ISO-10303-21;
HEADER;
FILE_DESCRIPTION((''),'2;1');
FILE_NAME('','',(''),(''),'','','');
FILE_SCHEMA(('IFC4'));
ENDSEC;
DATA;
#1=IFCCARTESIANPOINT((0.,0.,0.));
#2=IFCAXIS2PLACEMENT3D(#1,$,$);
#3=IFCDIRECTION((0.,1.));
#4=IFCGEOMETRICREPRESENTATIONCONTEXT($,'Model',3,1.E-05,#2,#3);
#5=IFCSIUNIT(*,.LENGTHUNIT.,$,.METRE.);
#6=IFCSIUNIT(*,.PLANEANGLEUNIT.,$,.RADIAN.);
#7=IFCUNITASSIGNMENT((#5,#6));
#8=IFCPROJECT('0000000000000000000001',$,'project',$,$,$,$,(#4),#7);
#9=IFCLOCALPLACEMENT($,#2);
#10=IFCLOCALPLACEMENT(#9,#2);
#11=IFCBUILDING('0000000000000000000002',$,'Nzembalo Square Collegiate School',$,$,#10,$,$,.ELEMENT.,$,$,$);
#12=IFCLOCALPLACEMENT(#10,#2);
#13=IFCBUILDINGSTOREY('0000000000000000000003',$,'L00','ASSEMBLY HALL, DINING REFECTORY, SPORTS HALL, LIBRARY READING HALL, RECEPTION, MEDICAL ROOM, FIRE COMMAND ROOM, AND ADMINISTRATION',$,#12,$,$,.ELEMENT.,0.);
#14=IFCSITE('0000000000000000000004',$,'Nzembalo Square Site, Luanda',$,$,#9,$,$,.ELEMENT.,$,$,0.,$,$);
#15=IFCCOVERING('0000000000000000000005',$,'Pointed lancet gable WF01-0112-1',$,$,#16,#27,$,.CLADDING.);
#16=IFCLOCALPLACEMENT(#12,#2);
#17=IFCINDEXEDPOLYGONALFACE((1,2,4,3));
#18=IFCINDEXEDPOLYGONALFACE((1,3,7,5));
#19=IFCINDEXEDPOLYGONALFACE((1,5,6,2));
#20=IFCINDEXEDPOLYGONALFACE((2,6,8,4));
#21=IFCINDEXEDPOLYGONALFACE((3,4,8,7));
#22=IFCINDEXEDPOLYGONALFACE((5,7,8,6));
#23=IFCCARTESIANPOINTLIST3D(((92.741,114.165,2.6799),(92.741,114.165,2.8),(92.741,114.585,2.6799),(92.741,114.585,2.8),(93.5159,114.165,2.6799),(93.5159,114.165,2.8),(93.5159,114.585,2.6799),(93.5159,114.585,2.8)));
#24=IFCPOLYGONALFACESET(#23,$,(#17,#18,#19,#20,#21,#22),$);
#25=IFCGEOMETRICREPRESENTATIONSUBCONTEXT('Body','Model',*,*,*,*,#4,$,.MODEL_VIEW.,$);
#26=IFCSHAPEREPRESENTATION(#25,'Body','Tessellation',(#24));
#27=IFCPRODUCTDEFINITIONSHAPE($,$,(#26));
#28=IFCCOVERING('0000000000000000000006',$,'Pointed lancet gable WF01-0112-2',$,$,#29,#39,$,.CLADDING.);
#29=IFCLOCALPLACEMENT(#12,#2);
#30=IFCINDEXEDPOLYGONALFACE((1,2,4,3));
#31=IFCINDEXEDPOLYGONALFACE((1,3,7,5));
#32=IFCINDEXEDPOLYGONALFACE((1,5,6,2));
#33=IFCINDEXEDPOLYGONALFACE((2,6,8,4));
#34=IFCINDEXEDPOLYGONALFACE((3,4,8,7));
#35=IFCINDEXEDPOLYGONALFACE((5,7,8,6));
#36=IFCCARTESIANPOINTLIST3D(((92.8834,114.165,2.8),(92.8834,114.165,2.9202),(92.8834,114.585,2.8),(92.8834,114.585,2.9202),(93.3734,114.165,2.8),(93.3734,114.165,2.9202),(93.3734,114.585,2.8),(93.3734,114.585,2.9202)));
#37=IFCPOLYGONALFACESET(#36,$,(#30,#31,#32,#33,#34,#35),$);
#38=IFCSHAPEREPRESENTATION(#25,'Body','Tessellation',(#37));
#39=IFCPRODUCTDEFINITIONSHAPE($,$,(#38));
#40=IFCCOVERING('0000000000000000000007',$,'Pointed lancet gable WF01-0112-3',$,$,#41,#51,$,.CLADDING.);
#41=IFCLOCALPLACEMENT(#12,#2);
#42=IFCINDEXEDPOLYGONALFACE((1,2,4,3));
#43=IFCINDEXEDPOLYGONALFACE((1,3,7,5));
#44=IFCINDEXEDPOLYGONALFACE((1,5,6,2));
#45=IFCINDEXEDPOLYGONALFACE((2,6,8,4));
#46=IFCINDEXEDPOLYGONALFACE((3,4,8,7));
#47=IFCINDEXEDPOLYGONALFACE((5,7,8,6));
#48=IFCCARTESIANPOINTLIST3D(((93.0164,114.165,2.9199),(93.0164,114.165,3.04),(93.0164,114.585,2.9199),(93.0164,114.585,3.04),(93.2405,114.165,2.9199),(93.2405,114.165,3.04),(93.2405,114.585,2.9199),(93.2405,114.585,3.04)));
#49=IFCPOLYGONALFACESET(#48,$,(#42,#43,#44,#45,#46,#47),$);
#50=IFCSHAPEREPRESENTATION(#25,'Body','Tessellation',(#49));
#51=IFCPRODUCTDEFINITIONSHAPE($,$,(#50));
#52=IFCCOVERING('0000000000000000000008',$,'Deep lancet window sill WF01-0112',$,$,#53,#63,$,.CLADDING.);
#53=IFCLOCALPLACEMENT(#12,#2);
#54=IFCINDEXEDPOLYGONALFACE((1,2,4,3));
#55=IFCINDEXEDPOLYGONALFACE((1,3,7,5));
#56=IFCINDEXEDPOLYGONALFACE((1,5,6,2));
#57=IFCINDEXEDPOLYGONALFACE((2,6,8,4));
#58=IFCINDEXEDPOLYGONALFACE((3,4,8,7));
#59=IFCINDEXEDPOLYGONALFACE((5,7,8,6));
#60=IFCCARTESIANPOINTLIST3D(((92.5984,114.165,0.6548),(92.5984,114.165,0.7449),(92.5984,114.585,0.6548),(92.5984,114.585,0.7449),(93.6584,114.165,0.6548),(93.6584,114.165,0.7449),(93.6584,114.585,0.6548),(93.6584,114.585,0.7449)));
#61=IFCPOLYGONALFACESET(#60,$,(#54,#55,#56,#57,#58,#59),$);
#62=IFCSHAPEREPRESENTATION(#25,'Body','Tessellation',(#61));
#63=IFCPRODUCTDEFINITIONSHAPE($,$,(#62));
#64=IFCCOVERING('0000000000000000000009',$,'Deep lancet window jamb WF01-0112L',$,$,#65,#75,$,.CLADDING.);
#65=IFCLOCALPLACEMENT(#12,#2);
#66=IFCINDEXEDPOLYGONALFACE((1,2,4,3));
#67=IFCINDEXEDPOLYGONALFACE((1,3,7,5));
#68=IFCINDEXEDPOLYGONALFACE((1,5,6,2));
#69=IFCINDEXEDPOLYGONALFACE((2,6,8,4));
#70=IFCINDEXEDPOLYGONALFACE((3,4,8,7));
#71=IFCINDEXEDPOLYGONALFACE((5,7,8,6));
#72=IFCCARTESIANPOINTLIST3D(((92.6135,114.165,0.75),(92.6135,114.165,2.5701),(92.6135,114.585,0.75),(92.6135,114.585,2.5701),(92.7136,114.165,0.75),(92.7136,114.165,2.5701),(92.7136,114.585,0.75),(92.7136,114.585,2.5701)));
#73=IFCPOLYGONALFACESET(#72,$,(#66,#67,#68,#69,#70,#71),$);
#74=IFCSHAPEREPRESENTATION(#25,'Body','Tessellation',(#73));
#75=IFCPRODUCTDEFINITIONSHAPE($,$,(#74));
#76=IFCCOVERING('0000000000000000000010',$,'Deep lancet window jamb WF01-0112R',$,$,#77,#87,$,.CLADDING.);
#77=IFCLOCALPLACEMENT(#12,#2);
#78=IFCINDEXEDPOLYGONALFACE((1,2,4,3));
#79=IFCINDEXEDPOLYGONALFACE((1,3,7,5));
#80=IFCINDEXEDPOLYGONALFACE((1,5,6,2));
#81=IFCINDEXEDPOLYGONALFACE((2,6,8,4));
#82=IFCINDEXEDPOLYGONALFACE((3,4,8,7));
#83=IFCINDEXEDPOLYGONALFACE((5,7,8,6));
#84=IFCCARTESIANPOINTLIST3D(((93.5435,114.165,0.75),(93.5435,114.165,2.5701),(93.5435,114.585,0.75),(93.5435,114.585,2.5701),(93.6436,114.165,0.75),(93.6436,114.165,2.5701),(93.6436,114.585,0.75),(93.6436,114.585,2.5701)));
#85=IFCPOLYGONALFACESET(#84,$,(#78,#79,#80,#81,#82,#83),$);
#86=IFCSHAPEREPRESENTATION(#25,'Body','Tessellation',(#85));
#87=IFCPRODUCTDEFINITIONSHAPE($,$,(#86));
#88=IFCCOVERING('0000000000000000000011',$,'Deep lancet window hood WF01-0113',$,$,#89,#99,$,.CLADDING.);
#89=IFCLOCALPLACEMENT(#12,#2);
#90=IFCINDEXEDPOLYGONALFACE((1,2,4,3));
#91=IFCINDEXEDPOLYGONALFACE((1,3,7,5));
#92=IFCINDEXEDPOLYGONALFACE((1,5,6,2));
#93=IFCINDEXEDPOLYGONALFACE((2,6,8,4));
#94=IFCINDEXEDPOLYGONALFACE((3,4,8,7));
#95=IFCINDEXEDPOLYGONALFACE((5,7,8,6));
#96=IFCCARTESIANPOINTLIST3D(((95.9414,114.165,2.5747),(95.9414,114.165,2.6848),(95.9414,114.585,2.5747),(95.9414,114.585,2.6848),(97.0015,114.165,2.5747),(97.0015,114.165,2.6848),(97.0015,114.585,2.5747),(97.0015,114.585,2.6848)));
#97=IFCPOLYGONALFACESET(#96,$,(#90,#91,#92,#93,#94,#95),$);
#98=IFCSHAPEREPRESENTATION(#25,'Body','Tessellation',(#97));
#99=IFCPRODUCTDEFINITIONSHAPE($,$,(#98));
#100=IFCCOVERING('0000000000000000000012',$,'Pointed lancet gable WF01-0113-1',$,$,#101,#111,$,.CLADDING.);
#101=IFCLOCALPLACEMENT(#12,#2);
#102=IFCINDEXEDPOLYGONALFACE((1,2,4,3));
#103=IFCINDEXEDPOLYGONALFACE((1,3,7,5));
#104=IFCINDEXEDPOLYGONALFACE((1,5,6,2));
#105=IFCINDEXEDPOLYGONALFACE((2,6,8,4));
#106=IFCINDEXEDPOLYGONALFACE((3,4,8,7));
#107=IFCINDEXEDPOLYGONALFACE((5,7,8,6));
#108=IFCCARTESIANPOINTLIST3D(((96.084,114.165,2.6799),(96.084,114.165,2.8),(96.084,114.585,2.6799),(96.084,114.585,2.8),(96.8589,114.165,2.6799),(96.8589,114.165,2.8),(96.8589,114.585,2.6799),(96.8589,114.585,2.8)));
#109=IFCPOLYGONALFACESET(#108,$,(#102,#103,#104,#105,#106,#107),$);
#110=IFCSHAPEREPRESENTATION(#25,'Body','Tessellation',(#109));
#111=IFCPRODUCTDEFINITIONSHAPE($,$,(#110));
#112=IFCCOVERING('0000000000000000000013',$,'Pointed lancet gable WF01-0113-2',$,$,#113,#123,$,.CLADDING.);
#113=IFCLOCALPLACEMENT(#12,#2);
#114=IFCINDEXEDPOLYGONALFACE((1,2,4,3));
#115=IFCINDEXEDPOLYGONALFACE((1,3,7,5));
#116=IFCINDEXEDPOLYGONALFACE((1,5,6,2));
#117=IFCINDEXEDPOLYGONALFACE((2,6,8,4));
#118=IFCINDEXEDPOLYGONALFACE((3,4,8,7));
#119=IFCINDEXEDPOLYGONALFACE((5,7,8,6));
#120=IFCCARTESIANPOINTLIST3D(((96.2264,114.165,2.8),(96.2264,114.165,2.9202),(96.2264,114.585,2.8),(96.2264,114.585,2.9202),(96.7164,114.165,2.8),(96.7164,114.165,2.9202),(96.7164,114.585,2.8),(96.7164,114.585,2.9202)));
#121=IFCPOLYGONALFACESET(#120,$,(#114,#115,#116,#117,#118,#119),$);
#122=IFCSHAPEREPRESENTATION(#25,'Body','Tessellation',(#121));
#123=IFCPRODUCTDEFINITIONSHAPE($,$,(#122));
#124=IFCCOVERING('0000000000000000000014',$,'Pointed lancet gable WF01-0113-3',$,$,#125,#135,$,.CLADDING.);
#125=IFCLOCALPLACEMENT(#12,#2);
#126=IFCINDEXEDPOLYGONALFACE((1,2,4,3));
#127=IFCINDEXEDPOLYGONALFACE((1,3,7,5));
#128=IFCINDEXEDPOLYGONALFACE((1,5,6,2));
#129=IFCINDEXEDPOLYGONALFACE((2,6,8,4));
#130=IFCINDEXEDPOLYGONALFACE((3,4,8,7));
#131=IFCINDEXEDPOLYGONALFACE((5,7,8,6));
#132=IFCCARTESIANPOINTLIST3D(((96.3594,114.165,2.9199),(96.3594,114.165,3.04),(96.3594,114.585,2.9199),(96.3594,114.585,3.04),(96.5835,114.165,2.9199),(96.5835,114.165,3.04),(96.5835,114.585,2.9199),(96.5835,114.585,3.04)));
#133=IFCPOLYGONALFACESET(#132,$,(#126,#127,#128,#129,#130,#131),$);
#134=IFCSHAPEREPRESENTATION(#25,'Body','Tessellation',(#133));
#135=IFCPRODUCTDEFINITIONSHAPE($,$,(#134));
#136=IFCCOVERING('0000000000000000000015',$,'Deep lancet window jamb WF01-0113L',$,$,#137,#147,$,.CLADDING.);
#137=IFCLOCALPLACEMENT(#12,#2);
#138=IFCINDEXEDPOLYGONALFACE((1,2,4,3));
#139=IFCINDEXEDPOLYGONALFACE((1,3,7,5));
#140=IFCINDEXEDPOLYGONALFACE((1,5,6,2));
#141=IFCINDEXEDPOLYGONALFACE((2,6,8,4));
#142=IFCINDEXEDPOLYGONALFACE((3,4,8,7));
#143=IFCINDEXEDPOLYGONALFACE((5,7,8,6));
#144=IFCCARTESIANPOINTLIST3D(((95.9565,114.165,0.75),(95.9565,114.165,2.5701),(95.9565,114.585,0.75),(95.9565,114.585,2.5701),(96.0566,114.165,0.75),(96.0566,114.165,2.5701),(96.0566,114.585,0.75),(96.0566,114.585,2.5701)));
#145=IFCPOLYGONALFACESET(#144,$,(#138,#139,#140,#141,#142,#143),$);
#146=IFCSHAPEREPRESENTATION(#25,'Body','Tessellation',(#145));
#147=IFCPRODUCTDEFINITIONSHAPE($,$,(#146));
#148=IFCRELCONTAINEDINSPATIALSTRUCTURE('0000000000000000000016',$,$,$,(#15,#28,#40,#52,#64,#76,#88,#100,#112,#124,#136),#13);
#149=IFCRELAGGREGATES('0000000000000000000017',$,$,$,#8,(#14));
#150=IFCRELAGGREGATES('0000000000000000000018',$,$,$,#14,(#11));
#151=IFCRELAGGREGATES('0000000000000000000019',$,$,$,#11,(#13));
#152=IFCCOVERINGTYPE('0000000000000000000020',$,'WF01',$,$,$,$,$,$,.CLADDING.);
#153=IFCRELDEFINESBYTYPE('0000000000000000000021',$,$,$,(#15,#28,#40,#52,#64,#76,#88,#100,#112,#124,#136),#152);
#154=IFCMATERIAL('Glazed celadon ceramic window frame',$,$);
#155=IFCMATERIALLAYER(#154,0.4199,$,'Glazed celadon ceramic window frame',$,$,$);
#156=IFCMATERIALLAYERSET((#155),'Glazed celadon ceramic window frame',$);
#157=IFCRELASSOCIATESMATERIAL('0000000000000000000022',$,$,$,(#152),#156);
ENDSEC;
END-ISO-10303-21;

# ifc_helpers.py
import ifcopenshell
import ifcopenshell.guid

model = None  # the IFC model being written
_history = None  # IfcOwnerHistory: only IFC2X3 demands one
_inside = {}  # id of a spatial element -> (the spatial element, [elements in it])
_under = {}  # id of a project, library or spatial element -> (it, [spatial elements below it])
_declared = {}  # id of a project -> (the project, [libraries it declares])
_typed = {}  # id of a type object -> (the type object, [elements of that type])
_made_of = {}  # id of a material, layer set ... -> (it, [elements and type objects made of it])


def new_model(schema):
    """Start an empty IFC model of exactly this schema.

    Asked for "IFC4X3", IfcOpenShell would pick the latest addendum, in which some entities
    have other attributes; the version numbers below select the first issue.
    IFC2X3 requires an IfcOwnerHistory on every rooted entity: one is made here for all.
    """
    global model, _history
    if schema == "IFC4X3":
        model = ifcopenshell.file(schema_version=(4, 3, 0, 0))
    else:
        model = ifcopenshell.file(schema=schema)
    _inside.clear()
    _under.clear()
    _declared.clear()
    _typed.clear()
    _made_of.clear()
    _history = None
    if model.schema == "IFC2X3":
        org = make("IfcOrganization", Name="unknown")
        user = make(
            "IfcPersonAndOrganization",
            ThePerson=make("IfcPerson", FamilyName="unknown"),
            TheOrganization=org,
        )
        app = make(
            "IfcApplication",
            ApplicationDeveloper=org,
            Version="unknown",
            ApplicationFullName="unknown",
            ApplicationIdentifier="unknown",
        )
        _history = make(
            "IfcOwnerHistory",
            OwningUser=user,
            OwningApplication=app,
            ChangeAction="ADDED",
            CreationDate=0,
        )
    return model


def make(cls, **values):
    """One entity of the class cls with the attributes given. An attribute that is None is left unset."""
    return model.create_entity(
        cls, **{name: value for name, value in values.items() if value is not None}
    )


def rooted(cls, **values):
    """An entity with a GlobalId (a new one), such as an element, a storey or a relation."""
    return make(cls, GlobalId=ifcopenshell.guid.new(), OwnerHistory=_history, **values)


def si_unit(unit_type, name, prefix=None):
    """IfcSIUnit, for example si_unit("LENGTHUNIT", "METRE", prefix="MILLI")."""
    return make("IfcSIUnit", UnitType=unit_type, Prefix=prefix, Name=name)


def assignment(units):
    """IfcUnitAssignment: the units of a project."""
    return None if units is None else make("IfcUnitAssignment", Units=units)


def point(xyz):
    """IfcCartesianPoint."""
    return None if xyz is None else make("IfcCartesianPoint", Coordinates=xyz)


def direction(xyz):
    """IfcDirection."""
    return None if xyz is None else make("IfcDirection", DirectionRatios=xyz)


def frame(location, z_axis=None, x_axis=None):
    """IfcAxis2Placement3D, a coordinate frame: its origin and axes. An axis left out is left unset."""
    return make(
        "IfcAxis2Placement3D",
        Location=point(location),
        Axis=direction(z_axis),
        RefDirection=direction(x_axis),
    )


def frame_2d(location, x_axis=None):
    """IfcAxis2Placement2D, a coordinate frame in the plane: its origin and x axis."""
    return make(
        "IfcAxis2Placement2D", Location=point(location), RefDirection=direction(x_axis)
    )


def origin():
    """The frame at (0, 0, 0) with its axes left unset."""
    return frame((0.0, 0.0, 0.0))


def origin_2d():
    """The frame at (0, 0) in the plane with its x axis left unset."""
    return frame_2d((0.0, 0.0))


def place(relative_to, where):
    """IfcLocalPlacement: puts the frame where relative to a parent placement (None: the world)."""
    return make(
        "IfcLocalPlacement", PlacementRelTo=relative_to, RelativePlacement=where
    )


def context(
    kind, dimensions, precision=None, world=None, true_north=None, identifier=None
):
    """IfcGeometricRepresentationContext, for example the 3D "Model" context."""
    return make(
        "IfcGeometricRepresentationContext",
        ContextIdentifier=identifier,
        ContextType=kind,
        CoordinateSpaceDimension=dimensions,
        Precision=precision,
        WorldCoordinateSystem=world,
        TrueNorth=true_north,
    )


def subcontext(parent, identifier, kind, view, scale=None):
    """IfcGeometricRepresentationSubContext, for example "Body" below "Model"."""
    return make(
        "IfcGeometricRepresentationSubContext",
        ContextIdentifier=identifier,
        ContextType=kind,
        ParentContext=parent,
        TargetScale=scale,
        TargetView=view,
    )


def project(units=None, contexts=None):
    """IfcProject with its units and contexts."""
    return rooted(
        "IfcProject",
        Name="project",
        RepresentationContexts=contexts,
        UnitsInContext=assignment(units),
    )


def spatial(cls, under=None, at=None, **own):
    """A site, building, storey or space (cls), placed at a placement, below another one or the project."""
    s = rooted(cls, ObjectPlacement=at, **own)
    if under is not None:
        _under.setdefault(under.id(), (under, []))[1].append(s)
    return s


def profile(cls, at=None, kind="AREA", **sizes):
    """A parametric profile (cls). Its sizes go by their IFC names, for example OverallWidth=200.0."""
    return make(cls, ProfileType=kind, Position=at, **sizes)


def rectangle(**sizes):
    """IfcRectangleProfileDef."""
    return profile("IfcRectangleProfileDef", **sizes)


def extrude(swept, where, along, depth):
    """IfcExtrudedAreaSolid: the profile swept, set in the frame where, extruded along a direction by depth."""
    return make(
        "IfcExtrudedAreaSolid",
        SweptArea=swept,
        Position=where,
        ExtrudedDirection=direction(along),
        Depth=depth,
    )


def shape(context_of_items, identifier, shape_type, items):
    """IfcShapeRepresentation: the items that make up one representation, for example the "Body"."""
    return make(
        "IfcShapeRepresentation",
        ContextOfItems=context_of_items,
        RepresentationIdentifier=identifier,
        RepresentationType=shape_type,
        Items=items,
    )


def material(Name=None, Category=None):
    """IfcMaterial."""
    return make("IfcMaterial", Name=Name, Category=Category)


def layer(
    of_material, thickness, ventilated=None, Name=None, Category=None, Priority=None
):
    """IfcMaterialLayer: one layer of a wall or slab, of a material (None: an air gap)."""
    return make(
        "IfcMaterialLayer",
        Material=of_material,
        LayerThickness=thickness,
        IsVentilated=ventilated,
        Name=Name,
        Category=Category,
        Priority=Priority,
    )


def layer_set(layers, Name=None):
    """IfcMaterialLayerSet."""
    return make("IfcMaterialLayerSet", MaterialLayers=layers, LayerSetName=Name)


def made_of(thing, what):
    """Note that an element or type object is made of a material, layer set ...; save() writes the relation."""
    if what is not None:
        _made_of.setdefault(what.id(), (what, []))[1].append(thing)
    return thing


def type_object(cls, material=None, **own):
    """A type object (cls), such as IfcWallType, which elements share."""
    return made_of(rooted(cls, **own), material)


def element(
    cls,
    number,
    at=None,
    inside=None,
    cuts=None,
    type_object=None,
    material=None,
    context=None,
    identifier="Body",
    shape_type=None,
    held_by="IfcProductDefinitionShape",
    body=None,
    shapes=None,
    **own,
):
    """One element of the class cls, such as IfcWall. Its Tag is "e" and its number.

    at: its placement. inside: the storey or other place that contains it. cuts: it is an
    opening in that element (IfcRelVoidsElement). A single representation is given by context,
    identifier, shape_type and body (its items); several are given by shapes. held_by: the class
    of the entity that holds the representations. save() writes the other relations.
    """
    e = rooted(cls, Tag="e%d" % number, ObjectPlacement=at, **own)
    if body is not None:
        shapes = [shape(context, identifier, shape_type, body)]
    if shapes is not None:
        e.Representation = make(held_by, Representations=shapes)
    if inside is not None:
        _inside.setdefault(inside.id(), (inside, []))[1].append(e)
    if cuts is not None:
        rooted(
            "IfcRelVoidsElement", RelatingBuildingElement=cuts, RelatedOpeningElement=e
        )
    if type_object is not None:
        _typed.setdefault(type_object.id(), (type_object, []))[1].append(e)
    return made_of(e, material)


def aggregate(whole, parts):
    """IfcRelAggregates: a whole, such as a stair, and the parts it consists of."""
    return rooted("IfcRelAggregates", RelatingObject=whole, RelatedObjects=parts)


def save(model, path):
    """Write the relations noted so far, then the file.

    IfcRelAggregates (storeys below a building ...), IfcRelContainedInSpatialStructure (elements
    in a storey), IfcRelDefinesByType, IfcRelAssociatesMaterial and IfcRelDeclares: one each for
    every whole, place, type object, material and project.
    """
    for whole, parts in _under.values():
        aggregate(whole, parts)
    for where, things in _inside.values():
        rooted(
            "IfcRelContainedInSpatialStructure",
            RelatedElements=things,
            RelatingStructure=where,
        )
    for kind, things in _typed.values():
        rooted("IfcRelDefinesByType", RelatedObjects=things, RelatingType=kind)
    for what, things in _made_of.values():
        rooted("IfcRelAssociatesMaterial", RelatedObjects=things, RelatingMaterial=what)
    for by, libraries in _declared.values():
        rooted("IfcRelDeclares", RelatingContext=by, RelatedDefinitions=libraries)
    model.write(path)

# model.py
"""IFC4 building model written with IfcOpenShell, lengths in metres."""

from ifc_helpers import new_model, si_unit, direction, frame, origin, origin_2d, place, context, subcontext, project, spatial, rectangle, extrude, material, layer, layer_set, type_object, element, save


model = new_model("IFC4")

# Units and contexts
model_context = context("Model", 3, precision=1e-05, world=origin(), true_north=direction((0.0, 1.0)))
body_context = subcontext(model_context, "Body", "Model", "MODEL_VIEW")
ifc_project = project(units=[si_unit("LENGTHUNIT", "METRE"), si_unit("PLANEANGLEUNIT", "RADIAN")], contexts=[model_context])

# Site, building, storey
site_placement = place(None, origin())
site = spatial("IfcSite", under=ifc_project, at=site_placement, Name="Nzembalo Square Site, Luanda", CompositionType="ELEMENT", RefElevation=0.0)
building_placement = place(site_placement, origin())
building = spatial("IfcBuilding", under=site, at=building_placement, Name="Nzembalo Square Collegiate School", CompositionType="ELEMENT")
storey_placement = place(building_placement, origin())
storey = spatial("IfcBuildingStorey", under=building, at=storey_placement, Name="L00", Description="ASSEMBLY HALL, DINING REFECTORY, SPORTS HALL, LIBRARY READING HALL, RECEPTION, MEDICAL ROOM, FIRE COMMAND ROOM, AND ADMINISTRATION", CompositionType="ELEMENT", Elevation=0.0)

# Coverings
ifc_material = material(Name="Glazed celadon ceramic window frame")
ifc_layer = layer(ifc_material, 0.4199, Name="Glazed celadon ceramic window frame")
ifc_layer_set = layer_set([ifc_layer], Name="Glazed celadon ceramic window frame")
covering_type = type_object("IfcCoveringType", Name="WF01", PredefinedType="CLADDING", material=ifc_layer_set)
covering_1_placement = place(storey_placement, frame((93.1284, 114.375, 2.6799), z_axis=(0.0, 0.0, 1.0), x_axis=(1.0, 0.0, 0.0)))
element("IfcCovering", 1, at=covering_1_placement, inside=storey, type_object=covering_type, Name="Pointed lancet gable WF01-0112-1", PredefinedType="CLADDING", context=body_context, shape_type="SweptSolid", body=[
    extrude(rectangle(XDim=0.7749, YDim=0.4199, at=origin_2d()), origin(), (0.0, 0.0, 1.0), 0.1201),
])
covering_2_placement = place(storey_placement, frame((93.1284, 114.375, 2.8), z_axis=(0.0, 0.0, 1.0), x_axis=(1.0, 0.0, 0.0)))
element("IfcCovering", 2, at=covering_2_placement, inside=storey, type_object=covering_type, Name="Pointed lancet gable WF01-0112-2", PredefinedType="CLADDING", context=body_context, shape_type="SweptSolid", body=[
    extrude(rectangle(XDim=0.49, YDim=0.4199, at=origin_2d()), origin(), (0.0, 0.0, 1.0), 0.1201),
])
covering_3_placement = place(storey_placement, frame((93.1284, 114.375, 2.9199), z_axis=(0.0, 0.0, 1.0), x_axis=(1.0, 0.0, 0.0)))
element("IfcCovering", 3, at=covering_3_placement, inside=storey, type_object=covering_type, Name="Pointed lancet gable WF01-0112-3", PredefinedType="CLADDING", context=body_context, shape_type="SweptSolid", body=[
    extrude(rectangle(XDim=0.2241, YDim=0.4199, at=origin_2d()), origin(), (0.0, 0.0, 1.0), 0.1201),
])
covering_4_placement = place(storey_placement, frame((93.1284, 114.375, 0.6548), z_axis=(0.0, 0.0, 1.0), x_axis=(1.0, 0.0, 0.0)))
element("IfcCovering", 4, at=covering_4_placement, inside=storey, type_object=covering_type, Name="Deep lancet window sill WF01-0112", PredefinedType="CLADDING", context=body_context, shape_type="SweptSolid", body=[
    extrude(rectangle(XDim=1.0601, YDim=0.4199, at=origin_2d()), origin(), (0.0, 0.0, 1.0), 0.0901),
])
for number, where, z_axis, x_axis, name in (
    (5, (92.6636, 114.375, 0.75), (0.0, 0.0, 1.0), (1.0, 0.0, 0.0), "Deep lancet window jamb WF01-0112L"),
    (6, (93.5935, 114.375, 0.75), (0.0, 0.0, 1.0), (1.0, 0.0, 0.0), "Deep lancet window jamb WF01-0112R"),
):
    element("IfcCovering", number, at=place(storey_placement, frame(where, z_axis=z_axis, x_axis=x_axis)), inside=storey, type_object=covering_type, Name=name, PredefinedType="CLADDING", context=body_context, shape_type="SweptSolid", body=[
        extrude(rectangle(XDim=0.1001, YDim=0.4199, at=origin_2d()), origin(), (0.0, 0.0, 1.0), 1.8201),
    ])
covering_5_placement = place(storey_placement, frame((96.4714, 114.375, 2.5747), z_axis=(0.0, 0.0, 1.0), x_axis=(1.0, 0.0, 0.0)))
element("IfcCovering", 7, at=covering_5_placement, inside=storey, type_object=covering_type, Name="Deep lancet window hood WF01-0113", PredefinedType="CLADDING", context=body_context, shape_type="SweptSolid", body=[
    extrude(rectangle(XDim=1.0601, YDim=0.4199, at=origin_2d()), origin(), (0.0, 0.0, 1.0), 0.1101),
])
covering_6_placement = place(storey_placement, frame((96.4714, 114.375, 2.6799), z_axis=(0.0, 0.0, 1.0), x_axis=(1.0, 0.0, 0.0)))
element("IfcCovering", 8, at=covering_6_placement, inside=storey, type_object=covering_type, Name="Pointed lancet gable WF01-0113-1", PredefinedType="CLADDING", context=body_context, shape_type="SweptSolid", body=[
    extrude(rectangle(XDim=0.7749, YDim=0.4199, at=origin_2d()), origin(), (0.0, 0.0, 1.0), 0.1201),
])
covering_7_placement = place(storey_placement, frame((96.4714, 114.375, 2.8), z_axis=(0.0, 0.0, 1.0), x_axis=(1.0, 0.0, 0.0)))
element("IfcCovering", 9, at=covering_7_placement, inside=storey, type_object=covering_type, Name="Pointed lancet gable WF01-0113-2", PredefinedType="CLADDING", context=body_context, shape_type="SweptSolid", body=[
    extrude(rectangle(XDim=0.49, YDim=0.4199, at=origin_2d()), origin(), (0.0, 0.0, 1.0), 0.1201),
])
covering_8_placement = place(storey_placement, frame((96.4714, 114.375, 2.9199), z_axis=(0.0, 0.0, 1.0), x_axis=(1.0, 0.0, 0.0)))
element("IfcCovering", 10, at=covering_8_placement, inside=storey, type_object=covering_type, Name="Pointed lancet gable WF01-0113-3", PredefinedType="CLADDING", context=body_context, shape_type="SweptSolid", body=[
    extrude(rectangle(XDim=0.2241, YDim=0.4199, at=origin_2d()), origin(), (0.0, 0.0, 1.0), 0.1201),
])
covering_9_placement = place(storey_placement, frame((96.0066, 114.375, 0.75), z_axis=(0.0, 0.0, 1.0), x_axis=(1.0, 0.0, 0.0)))
element("IfcCovering", 11, at=covering_9_placement, inside=storey, type_object=covering_type, Name="Deep lancet window jamb WF01-0113L", PredefinedType="CLADDING", context=body_context, shape_type="SweptSolid", body=[
    extrude(rectangle(XDim=0.1001, YDim=0.4199, at=origin_2d()), origin(), (0.0, 0.0, 1.0), 1.8201),
])

save(model, "model.ifc")
